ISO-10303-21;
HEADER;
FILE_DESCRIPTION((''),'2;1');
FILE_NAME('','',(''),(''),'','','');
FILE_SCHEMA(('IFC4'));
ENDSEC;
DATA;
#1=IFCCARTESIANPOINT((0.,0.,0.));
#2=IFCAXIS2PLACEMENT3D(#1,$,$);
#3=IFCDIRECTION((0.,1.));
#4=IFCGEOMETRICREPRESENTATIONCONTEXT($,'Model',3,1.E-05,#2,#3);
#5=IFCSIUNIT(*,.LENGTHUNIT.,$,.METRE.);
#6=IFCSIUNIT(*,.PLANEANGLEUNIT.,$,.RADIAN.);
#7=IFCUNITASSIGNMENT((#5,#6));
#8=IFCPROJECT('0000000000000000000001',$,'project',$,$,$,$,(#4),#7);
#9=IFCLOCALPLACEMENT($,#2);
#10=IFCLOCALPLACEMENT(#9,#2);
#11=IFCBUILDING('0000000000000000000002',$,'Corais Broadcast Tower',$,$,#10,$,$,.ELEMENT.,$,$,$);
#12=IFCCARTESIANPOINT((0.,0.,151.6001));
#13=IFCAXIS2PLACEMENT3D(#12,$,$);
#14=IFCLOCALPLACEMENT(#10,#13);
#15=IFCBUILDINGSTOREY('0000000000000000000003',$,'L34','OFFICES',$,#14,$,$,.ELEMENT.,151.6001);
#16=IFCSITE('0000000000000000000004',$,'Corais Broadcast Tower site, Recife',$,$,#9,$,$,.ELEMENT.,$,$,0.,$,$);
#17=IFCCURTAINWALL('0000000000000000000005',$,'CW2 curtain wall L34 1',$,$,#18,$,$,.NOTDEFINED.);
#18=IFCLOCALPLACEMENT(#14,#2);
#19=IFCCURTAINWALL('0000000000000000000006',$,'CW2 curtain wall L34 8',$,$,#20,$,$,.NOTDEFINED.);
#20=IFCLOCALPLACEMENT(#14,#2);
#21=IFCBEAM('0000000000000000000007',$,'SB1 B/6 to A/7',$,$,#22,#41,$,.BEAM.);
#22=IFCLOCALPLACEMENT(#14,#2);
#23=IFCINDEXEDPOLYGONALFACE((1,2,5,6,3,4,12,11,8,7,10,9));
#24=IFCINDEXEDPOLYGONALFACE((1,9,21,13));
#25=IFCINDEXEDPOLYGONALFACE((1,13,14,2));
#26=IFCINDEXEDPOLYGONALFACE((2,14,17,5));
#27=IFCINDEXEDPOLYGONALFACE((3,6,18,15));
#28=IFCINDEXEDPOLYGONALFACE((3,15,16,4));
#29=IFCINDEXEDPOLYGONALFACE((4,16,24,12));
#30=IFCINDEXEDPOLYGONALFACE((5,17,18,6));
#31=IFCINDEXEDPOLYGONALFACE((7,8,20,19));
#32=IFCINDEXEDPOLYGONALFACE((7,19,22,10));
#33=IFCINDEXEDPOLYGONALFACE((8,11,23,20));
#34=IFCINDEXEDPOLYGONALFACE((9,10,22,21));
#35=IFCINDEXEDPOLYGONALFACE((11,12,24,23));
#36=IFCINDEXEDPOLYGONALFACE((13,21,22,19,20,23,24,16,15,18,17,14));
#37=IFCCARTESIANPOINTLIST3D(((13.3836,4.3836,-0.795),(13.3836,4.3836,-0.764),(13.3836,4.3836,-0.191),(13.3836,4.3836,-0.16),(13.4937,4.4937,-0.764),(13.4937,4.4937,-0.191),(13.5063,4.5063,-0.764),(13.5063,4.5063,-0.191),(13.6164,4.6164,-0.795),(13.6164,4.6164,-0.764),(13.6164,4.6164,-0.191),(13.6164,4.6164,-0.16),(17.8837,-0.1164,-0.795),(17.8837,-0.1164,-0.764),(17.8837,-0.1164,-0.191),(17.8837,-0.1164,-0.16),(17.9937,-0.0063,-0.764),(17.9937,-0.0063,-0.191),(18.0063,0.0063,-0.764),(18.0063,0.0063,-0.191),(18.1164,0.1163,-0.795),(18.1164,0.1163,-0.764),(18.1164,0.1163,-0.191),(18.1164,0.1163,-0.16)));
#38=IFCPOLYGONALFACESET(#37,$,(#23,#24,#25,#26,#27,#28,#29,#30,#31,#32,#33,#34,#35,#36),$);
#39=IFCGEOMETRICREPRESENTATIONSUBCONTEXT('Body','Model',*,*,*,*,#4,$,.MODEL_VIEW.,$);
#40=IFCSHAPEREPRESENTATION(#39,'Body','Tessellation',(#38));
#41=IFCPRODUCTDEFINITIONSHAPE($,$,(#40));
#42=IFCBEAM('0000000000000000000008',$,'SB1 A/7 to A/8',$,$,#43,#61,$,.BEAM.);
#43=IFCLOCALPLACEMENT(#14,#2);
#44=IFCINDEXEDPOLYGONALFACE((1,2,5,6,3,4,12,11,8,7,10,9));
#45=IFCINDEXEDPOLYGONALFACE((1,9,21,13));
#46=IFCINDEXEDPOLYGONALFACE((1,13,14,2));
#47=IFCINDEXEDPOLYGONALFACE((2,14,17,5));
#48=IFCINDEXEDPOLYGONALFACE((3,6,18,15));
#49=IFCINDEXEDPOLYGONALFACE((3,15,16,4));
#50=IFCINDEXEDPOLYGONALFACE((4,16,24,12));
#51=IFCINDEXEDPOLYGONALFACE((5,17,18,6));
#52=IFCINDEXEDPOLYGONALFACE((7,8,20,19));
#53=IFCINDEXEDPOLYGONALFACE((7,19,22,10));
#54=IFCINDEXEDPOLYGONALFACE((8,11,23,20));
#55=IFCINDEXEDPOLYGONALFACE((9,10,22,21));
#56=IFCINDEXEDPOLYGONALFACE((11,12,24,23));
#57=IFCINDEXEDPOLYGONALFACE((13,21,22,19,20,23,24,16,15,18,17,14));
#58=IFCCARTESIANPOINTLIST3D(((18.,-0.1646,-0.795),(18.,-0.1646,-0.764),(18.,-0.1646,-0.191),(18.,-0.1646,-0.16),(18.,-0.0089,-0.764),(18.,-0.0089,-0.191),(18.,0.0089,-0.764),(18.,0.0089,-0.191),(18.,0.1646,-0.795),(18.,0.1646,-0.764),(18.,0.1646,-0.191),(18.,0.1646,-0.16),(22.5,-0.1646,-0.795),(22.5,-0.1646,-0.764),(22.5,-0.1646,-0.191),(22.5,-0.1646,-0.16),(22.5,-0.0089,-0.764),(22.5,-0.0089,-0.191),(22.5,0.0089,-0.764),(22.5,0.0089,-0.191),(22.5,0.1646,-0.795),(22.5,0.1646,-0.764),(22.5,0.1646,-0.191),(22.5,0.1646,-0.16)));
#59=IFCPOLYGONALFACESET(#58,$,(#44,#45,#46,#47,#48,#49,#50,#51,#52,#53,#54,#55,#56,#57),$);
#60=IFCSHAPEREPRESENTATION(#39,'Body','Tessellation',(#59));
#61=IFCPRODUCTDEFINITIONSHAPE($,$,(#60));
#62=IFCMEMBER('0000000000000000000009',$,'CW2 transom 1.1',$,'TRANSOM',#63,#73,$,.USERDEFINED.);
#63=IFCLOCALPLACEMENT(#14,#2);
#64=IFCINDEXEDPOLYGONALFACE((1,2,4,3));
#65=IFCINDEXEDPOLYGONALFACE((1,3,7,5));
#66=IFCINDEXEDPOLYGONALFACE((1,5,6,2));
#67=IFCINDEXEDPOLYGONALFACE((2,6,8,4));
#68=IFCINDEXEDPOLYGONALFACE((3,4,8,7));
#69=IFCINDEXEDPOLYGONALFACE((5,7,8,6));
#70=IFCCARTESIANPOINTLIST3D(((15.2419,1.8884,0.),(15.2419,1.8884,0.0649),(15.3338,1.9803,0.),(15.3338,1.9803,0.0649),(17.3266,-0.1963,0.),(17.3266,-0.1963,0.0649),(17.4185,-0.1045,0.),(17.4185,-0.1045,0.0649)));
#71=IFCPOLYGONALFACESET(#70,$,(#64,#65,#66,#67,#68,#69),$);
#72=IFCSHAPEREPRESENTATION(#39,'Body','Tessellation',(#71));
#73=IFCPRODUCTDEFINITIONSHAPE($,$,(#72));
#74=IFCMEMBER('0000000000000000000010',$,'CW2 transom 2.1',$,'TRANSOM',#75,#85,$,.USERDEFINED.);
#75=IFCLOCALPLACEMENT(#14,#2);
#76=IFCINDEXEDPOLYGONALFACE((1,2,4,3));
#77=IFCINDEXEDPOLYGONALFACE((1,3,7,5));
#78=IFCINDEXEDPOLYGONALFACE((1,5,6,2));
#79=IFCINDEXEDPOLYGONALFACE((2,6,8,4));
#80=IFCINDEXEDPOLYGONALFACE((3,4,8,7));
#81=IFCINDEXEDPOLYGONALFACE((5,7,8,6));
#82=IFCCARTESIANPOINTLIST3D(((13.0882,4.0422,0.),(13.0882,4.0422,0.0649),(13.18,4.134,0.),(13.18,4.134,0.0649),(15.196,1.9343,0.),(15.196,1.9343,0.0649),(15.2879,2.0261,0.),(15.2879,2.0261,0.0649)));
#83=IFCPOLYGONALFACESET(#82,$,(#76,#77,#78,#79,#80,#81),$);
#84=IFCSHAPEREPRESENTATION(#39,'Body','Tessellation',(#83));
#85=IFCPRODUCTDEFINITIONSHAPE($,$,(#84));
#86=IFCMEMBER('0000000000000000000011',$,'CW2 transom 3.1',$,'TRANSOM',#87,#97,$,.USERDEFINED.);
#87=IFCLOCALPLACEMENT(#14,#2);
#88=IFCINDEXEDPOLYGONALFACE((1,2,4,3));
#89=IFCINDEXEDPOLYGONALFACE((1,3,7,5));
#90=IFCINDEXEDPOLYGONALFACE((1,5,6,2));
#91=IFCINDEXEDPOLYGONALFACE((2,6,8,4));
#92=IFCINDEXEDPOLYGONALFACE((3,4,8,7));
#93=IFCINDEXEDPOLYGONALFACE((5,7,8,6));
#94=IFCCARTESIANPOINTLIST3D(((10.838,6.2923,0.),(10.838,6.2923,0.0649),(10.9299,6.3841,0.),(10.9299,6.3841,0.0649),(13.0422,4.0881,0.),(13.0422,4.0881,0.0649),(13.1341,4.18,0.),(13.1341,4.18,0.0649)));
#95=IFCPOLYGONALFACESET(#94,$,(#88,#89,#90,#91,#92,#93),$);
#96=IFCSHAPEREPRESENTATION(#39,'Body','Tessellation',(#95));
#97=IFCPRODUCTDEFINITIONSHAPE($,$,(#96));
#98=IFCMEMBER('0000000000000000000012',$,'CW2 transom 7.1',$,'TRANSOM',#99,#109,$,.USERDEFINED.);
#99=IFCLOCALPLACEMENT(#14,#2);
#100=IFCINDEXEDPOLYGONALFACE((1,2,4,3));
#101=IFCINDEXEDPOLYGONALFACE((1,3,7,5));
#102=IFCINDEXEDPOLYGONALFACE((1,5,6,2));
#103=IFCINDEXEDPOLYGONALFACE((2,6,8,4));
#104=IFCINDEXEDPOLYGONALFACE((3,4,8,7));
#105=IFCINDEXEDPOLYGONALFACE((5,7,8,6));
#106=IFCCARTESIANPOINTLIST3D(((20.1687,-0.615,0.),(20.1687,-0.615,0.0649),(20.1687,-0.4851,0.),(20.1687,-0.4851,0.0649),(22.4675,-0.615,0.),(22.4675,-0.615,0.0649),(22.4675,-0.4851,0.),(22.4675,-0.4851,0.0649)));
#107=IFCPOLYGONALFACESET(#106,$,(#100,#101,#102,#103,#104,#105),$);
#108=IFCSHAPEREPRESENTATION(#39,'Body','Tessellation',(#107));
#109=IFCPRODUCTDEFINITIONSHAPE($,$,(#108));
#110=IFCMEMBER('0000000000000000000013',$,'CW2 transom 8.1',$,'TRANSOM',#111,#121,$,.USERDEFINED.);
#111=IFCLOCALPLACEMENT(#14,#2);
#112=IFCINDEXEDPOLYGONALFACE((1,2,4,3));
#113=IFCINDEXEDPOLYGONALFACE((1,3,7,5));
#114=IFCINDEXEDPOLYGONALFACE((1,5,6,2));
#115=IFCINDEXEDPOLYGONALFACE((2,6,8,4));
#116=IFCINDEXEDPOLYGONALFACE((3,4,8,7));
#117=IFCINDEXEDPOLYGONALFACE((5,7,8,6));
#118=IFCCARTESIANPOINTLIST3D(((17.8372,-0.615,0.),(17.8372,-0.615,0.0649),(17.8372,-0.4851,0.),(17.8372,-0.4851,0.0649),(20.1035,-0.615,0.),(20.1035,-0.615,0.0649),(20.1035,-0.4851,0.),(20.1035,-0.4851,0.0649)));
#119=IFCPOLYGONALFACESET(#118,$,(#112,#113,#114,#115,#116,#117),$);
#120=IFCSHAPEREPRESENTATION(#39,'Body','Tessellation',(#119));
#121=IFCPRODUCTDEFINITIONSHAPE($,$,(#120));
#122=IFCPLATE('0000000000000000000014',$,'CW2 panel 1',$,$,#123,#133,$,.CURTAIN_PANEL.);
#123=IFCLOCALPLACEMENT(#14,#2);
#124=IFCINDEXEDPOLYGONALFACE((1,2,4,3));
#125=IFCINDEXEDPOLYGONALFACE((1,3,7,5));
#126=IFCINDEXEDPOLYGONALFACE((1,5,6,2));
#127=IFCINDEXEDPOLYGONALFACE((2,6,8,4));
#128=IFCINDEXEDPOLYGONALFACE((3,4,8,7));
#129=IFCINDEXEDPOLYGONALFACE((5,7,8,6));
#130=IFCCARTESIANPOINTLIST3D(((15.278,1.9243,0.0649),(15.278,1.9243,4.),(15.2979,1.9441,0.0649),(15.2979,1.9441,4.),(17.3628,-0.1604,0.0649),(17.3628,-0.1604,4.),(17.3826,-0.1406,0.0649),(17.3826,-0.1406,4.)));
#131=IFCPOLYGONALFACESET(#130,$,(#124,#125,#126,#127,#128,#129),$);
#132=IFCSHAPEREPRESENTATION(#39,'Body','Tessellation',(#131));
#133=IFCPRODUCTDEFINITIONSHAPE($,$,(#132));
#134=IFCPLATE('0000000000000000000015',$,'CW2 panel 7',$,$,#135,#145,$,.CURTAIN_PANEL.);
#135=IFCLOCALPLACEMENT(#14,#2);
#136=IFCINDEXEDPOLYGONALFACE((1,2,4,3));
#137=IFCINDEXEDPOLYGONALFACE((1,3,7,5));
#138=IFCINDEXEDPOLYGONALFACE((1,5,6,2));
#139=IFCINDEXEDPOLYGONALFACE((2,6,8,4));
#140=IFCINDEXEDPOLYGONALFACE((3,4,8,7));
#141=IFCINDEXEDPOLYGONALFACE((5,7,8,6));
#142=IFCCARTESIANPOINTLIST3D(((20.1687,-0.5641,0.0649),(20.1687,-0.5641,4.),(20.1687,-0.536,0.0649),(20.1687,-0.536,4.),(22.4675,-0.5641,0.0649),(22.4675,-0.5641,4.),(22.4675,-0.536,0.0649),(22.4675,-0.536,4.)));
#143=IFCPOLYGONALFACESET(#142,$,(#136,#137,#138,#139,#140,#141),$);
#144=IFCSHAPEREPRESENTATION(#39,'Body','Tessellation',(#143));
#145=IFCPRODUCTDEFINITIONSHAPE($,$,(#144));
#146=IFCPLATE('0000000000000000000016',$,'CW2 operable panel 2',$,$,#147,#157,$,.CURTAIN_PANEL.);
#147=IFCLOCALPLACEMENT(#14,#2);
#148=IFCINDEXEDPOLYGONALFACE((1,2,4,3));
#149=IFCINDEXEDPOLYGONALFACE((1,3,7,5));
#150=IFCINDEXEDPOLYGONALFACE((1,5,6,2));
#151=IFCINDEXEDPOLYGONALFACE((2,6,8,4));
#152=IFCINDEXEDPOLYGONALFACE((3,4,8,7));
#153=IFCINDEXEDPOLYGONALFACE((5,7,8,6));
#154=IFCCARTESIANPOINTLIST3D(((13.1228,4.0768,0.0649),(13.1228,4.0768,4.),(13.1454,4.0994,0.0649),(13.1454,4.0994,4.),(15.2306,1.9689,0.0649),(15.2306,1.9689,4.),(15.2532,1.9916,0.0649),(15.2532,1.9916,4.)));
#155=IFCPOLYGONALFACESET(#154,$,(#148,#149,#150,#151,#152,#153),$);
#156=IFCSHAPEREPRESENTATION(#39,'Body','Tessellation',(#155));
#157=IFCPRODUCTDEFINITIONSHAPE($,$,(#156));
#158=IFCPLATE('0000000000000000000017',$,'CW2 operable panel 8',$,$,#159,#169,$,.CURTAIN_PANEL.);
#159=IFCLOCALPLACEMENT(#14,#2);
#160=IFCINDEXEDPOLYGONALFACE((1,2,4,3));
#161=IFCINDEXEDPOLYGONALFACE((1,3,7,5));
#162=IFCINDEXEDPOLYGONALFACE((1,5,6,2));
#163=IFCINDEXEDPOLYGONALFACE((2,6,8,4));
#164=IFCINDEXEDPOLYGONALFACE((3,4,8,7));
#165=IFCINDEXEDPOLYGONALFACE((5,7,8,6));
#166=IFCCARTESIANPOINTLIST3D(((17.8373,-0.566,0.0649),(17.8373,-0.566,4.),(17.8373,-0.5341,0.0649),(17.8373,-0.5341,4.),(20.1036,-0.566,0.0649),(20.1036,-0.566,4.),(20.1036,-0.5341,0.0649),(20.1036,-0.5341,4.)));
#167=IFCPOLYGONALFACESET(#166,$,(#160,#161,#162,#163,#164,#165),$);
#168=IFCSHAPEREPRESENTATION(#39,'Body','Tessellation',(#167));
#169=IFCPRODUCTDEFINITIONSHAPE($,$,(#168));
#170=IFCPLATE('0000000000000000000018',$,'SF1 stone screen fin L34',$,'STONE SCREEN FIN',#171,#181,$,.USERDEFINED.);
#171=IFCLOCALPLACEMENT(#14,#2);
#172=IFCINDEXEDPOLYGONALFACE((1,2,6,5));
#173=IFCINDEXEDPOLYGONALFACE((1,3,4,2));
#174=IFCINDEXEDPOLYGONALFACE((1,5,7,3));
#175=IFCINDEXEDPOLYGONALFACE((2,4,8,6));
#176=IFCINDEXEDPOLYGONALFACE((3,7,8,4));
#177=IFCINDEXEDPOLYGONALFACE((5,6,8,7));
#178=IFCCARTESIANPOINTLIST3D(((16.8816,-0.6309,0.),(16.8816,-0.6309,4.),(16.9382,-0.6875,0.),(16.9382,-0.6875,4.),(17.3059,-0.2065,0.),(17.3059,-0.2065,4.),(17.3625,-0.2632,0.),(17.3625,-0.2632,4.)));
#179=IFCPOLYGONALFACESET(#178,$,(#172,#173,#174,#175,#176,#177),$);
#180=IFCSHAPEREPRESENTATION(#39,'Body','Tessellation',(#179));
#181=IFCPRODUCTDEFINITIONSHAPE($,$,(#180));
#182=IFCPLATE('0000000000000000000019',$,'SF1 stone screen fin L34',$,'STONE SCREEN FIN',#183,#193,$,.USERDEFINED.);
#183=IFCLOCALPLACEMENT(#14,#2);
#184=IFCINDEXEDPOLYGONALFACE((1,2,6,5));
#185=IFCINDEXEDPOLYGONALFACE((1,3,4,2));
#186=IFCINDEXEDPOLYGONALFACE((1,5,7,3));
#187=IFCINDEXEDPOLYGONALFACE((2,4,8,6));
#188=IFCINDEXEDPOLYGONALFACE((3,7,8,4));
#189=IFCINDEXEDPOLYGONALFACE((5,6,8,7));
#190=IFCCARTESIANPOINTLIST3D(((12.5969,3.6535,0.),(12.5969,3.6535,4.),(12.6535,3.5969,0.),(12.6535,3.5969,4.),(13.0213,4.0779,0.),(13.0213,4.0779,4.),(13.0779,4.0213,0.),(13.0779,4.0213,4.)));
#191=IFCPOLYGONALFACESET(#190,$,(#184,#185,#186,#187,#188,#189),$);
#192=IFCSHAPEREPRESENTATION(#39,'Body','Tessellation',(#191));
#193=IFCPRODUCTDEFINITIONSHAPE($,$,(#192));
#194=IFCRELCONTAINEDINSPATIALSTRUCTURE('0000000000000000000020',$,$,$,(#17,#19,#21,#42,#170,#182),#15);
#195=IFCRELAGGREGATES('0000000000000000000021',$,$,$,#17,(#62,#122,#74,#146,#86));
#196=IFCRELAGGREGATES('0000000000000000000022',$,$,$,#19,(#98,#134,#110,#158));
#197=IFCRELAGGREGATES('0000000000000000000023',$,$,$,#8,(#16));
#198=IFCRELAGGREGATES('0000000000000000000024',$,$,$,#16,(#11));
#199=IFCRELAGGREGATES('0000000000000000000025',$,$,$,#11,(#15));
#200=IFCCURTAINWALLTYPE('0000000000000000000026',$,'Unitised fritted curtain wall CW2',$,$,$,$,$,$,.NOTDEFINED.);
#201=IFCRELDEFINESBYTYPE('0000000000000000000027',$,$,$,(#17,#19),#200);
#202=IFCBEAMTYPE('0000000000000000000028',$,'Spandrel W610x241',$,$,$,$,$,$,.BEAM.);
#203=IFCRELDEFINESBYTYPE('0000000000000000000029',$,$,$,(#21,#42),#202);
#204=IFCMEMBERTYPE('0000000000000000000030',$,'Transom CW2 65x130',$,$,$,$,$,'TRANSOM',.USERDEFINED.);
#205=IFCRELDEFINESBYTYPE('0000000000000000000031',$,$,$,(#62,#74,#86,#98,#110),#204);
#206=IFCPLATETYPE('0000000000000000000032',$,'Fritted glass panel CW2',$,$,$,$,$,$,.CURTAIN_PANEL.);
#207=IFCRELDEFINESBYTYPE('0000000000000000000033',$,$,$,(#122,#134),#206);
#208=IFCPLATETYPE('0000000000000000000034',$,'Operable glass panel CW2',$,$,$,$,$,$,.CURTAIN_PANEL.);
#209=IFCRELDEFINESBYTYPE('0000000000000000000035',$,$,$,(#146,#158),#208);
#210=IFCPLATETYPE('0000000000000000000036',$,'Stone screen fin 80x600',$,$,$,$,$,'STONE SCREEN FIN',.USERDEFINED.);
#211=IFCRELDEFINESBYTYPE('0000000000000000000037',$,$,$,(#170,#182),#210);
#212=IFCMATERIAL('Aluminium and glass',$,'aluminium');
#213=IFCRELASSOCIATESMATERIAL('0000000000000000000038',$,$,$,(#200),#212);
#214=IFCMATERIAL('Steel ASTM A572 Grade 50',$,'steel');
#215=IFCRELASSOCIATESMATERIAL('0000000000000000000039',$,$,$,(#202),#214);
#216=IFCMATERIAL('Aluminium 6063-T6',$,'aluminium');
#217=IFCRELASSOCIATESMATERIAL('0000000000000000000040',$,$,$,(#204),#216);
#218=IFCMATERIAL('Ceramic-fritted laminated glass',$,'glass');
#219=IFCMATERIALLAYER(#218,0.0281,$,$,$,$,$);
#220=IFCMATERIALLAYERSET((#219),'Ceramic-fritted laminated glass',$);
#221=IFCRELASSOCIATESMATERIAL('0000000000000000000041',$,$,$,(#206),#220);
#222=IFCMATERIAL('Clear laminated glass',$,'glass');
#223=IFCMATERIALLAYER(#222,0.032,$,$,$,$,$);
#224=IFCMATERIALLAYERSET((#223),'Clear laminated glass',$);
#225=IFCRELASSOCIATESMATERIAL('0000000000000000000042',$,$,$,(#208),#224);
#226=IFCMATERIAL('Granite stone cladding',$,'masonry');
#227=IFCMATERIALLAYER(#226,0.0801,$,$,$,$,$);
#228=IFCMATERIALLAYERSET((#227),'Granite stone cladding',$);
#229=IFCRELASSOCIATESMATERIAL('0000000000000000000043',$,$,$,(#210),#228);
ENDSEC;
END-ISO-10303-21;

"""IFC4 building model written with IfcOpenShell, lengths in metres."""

from ifc_helpers import new_model, si_unit, direction, frame, origin, origin_2d, place, context, subcontext, project, spatial, rectangle, i_section, extrude, material, layer, layer_set, material_profile, profile_set, type_object, element, aggregate, save


model = new_model("IFC4")

# Units and contexts
model_context = context("Model", 3, precision=1e-05, world=origin(), true_north=direction((0.0, 1.0)))
body_context = subcontext(model_context, "Body", "Model", "MODEL_VIEW")
ifc_project = project(units=[si_unit("LENGTHUNIT", "METRE"), si_unit("PLANEANGLEUNIT", "RADIAN")], contexts=[model_context])

# Site, building, storey
site_placement = place(None, origin())
site = spatial("IfcSite", under=ifc_project, at=site_placement, Name="Corais Broadcast Tower site, Recife", CompositionType="ELEMENT", RefElevation=0.0)
building_placement = place(site_placement, origin())
building = spatial("IfcBuilding", under=site, at=building_placement, Name="Corais Broadcast Tower", CompositionType="ELEMENT")
storey_placement = place(building_placement, frame((0.0, 0.0, 151.6001)))
storey = spatial("IfcBuildingStorey", under=building, at=storey_placement, Name="L34", Description="OFFICES", CompositionType="ELEMENT", Elevation=151.6001)

# Curtain walls
ifc_material_1 = material(Name="Aluminium and glass", Category="aluminium")
curtain_wall_type = type_object("IfcCurtainWallType", Name="Unitised fritted curtain wall CW2", PredefinedType="NOTDEFINED", material=ifc_material_1)
curtain_wall_1_placement = place(storey_placement, origin())
curtain_wall_1 = element("IfcCurtainWall", 1, at=curtain_wall_1_placement, inside=storey, type_object=curtain_wall_type, Name="CW2 curtain wall L34 1", PredefinedType="NOTDEFINED")
curtain_wall_2_placement = place(storey_placement, origin())
curtain_wall_2 = element("IfcCurtainWall", 2, at=curtain_wall_2_placement, inside=storey, type_object=curtain_wall_type, Name="CW2 curtain wall L34 8", PredefinedType="NOTDEFINED")

# Beams
ifc_material_2 = material(Name="Steel ASTM A572 Grade 50", Category="steel")
ifc_material_profile_1 = material_profile(ifc_material_2, i_section(OverallWidth=0.3291, OverallDepth=0.635, WebThickness=0.0178, FlangeThickness=0.031, at=origin_2d()), Name="W610x241")
ifc_profile_set_1 = profile_set([ifc_material_profile_1], Name="Steel ASTM A572 Grade 50")
beam_type_1 = type_object("IfcBeamType", Name="Spandrel W610x241", PredefinedType="BEAM", material=ifc_profile_set_1)
beam_1_placement = place(storey_placement, frame((13.5, 4.5, -0.4775), z_axis=(0.707107, -0.707107, 0.0), x_axis=(0.707107, 0.707107, 0.0)))
element("IfcBeam", 3, at=beam_1_placement, inside=storey, type_object=beam_type_1, Name="SB1 B/6 to A/7", PredefinedType="BEAM", context=body_context, shape_type="SweptSolid", body=[
    extrude(i_section(OverallWidth=0.3291, OverallDepth=0.635, WebThickness=0.0178, FlangeThickness=0.031, at=origin_2d()), origin(), (0.0, 0.0, 1.0), 6.364),
])
beam_2_placement = place(storey_placement, frame((18.0, 0.0, -0.4775), z_axis=(1.0, 0.0, 0.0), x_axis=(0.0, 1.0, 0.0)))
element("IfcBeam", 4, at=beam_2_placement, inside=storey, type_object=beam_type_1, Name="SB1 A/7 to A/8", PredefinedType="BEAM", context=body_context, shape_type="SweptSolid", body=[
    extrude(i_section(OverallWidth=0.3291, OverallDepth=0.635, WebThickness=0.0178, FlangeThickness=0.031, at=origin_2d()), origin(), (0.0, 0.0, 1.0), 4.5),
])

# Members
ifc_material_3 = material(Name="Aluminium 6063-T6", Category="aluminium")
ifc_material_profile_2 = material_profile(ifc_material_3, rectangle(XDim=0.1299, YDim=0.0649, at=origin_2d()), Name="Transom CW2 65x130")
ifc_profile_set_2 = profile_set([ifc_material_profile_2], Name="Aluminium 6063-T6")
member_type_1 = type_object("IfcMemberType", Name="Transom CW2 65x130", ElementType="TRANSOM", PredefinedType="USERDEFINED", material=ifc_profile_set_2)
member_1_placement = place(storey_placement, frame((17.3726, -0.1504, 0.0325), z_axis=(-0.707107, 0.707107, 0.0), x_axis=(-0.707107, -0.707107, 0.0)))
member_1 = element("IfcMember", 5, at=member_1_placement, type_object=member_type_1, Name="CW2 transom 1.1", ObjectType="TRANSOM", PredefinedType="USERDEFINED", context=body_context, shape_type="SweptSolid", body=[
    extrude(rectangle(XDim=0.1299, YDim=0.0649, at=origin_2d()), origin(), (0.0, 0.0, 1.0), 2.9482),
])
member_2_placement = place(storey_placement, frame((15.2419, 1.9802, 0.0325), z_axis=(-0.707107, 0.707107, 0.0), x_axis=(-0.707107, -0.707107, 0.0)))
member_2 = element("IfcMember", 6, at=member_2_placement, type_object=member_type_1, Name="CW2 transom 2.1", ObjectType="TRANSOM", PredefinedType="USERDEFINED", context=body_context, shape_type="SweptSolid", body=[
    extrude(rectangle(XDim=0.1299, YDim=0.0649, at=origin_2d()), origin(), (0.0, 0.0, 1.0), 2.981),
])
member_3_placement = place(storey_placement, frame((13.0881, 4.134, 0.0325), z_axis=(-0.707107, 0.707107, 0.0), x_axis=(-0.707107, -0.707107, 0.0)))
member_3 = element("IfcMember", 7, at=member_3_placement, type_object=member_type_1, Name="CW2 transom 3.1", ObjectType="TRANSOM", PredefinedType="USERDEFINED", context=body_context, shape_type="SweptSolid", body=[
    extrude(rectangle(XDim=0.1299, YDim=0.0649, at=origin_2d()), origin(), (0.0, 0.0, 1.0), 3.1172),
])
member_4_placement = place(storey_placement, frame((22.4675, -0.55, 0.0325), z_axis=(-1.0, 0.0, 0.0), x_axis=(0.0, -1.0, 0.0)))
member_4 = element("IfcMember", 8, at=member_4_placement, type_object=member_type_1, Name="CW2 transom 7.1", ObjectType="TRANSOM", PredefinedType="USERDEFINED", context=body_context, shape_type="SweptSolid", body=[
    extrude(rectangle(XDim=0.1299, YDim=0.0649, at=origin_2d()), origin(), (0.0, 0.0, 1.0), 2.2988),
])
member_5_placement = place(storey_placement, frame((20.1035, -0.55, 0.0325), z_axis=(-1.0, 0.0, 0.0), x_axis=(0.0, -1.0, 0.0)))
member_5 = element("IfcMember", 9, at=member_5_placement, type_object=member_type_1, Name="CW2 transom 8.1", ObjectType="TRANSOM", PredefinedType="USERDEFINED", context=body_context, shape_type="SweptSolid", body=[
    extrude(rectangle(XDim=0.1299, YDim=0.0649, at=origin_2d()), origin(), (0.0, 0.0, 1.0), 2.2664),
])

# Plates
ifc_material_4 = material(Name="Ceramic-fritted laminated glass", Category="glass")
ifc_layer_1 = layer(ifc_material_4, 0.0281)
ifc_layer_set_1 = layer_set([ifc_layer_1], Name="Ceramic-fritted laminated glass")
plate_type_1 = type_object("IfcPlateType", Name="Fritted glass panel CW2", PredefinedType="CURTAIN_PANEL", material=ifc_layer_set_1)
plate_1_placement = place(storey_placement, frame((16.3303, 0.8918, 0.0649), z_axis=(0.0, 0.0, 1.0), x_axis=(-0.707107, 0.707107, 0.0)))
plate_1 = element("IfcPlate", 10, at=plate_1_placement, type_object=plate_type_1, Name="CW2 panel 1", PredefinedType="CURTAIN_PANEL", context=body_context, shape_type="SweptSolid", body=[
    extrude(rectangle(XDim=2.9482, YDim=0.0281, at=origin_2d()), origin(), (0.0, 0.0, 1.0), 3.9351),
])
plate_2_placement = place(storey_placement, frame((21.3181, -0.55, 0.0649), z_axis=(0.0, 0.0, 1.0), x_axis=(-1.0, 0.0, 0.0)))
plate_2 = element("IfcPlate", 11, at=plate_2_placement, type_object=plate_type_1, Name="CW2 panel 7", PredefinedType="CURTAIN_PANEL", context=body_context, shape_type="SweptSolid", body=[
    extrude(rectangle(XDim=2.2988, YDim=0.0281, at=origin_2d()), origin(), (0.0, 0.0, 1.0), 3.9351),
])
ifc_material_5 = material(Name="Clear laminated glass", Category="glass")
ifc_layer_2 = layer(ifc_material_5, 0.032)
ifc_layer_set_2 = layer_set([ifc_layer_2], Name="Clear laminated glass")
plate_type_2 = type_object("IfcPlateType", Name="Operable glass panel CW2", PredefinedType="CURTAIN_PANEL", material=ifc_layer_set_2)
plate_3_placement = place(storey_placement, frame((14.188, 3.0342, 0.0649), z_axis=(0.0, 0.0, 1.0), x_axis=(-0.707107, 0.707107, 0.0)))
plate_3 = element("IfcPlate", 12, at=plate_3_placement, type_object=plate_type_2, Name="CW2 operable panel 2", PredefinedType="CURTAIN_PANEL", context=body_context, shape_type="SweptSolid", body=[
    extrude(rectangle(XDim=2.981, YDim=0.032, at=origin_2d()), origin(), (0.0, 0.0, 1.0), 3.9351),
])
aggregate(curtain_wall_1, [member_1, plate_1, member_2, plate_3, member_3])
plate_4_placement = place(storey_placement, frame((18.9705, -0.55, 0.0649), z_axis=(0.0, 0.0, 1.0), x_axis=(-1.0, 0.0, 0.0)))
plate_4 = element("IfcPlate", 13, at=plate_4_placement, type_object=plate_type_2, Name="CW2 operable panel 8", PredefinedType="CURTAIN_PANEL", context=body_context, shape_type="SweptSolid", body=[
    extrude(rectangle(XDim=2.2664, YDim=0.032, at=origin_2d()), origin(), (0.0, 0.0, 1.0), 3.9351),
])
aggregate(curtain_wall_2, [member_4, plate_2, member_5, plate_4])

# Plates
ifc_material_6 = material(Name="Granite stone cladding", Category="masonry")
ifc_layer_3 = layer(ifc_material_6, 0.0801)
ifc_layer_set_3 = layer_set([ifc_layer_3], Name="Granite stone cladding")
plate_type_3 = type_object("IfcPlateType", Name="Stone screen fin 80x600", ElementType="STONE SCREEN FIN", PredefinedType="USERDEFINED", material=ifc_layer_set_3)
for number, where, z_axis, x_axis, name in (
    (14, (17.1221, -0.447, 0.0), (0.0, 0.0, 1.0), (-0.707107, 0.707107, 0.0), "SF1 stone screen fin L34"),
    (15, (12.8374, 3.8374, 0.0), (0.0, 0.0, 1.0), (-0.707107, 0.707107, 0.0), "SF1 stone screen fin L34"),
):
    element("IfcPlate", number, at=place(storey_placement, frame(where, z_axis=z_axis, x_axis=x_axis)), inside=storey, type_object=plate_type_3, Name=name, ObjectType="STONE SCREEN FIN", PredefinedType="USERDEFINED", context=body_context, shape_type="SweptSolid", body=[
        extrude(rectangle(XDim=0.0801, YDim=0.6001, at=origin_2d()), origin(), (0.0, 0.0, 1.0), 4.0),
    ])

save(model, "model.ifc")
